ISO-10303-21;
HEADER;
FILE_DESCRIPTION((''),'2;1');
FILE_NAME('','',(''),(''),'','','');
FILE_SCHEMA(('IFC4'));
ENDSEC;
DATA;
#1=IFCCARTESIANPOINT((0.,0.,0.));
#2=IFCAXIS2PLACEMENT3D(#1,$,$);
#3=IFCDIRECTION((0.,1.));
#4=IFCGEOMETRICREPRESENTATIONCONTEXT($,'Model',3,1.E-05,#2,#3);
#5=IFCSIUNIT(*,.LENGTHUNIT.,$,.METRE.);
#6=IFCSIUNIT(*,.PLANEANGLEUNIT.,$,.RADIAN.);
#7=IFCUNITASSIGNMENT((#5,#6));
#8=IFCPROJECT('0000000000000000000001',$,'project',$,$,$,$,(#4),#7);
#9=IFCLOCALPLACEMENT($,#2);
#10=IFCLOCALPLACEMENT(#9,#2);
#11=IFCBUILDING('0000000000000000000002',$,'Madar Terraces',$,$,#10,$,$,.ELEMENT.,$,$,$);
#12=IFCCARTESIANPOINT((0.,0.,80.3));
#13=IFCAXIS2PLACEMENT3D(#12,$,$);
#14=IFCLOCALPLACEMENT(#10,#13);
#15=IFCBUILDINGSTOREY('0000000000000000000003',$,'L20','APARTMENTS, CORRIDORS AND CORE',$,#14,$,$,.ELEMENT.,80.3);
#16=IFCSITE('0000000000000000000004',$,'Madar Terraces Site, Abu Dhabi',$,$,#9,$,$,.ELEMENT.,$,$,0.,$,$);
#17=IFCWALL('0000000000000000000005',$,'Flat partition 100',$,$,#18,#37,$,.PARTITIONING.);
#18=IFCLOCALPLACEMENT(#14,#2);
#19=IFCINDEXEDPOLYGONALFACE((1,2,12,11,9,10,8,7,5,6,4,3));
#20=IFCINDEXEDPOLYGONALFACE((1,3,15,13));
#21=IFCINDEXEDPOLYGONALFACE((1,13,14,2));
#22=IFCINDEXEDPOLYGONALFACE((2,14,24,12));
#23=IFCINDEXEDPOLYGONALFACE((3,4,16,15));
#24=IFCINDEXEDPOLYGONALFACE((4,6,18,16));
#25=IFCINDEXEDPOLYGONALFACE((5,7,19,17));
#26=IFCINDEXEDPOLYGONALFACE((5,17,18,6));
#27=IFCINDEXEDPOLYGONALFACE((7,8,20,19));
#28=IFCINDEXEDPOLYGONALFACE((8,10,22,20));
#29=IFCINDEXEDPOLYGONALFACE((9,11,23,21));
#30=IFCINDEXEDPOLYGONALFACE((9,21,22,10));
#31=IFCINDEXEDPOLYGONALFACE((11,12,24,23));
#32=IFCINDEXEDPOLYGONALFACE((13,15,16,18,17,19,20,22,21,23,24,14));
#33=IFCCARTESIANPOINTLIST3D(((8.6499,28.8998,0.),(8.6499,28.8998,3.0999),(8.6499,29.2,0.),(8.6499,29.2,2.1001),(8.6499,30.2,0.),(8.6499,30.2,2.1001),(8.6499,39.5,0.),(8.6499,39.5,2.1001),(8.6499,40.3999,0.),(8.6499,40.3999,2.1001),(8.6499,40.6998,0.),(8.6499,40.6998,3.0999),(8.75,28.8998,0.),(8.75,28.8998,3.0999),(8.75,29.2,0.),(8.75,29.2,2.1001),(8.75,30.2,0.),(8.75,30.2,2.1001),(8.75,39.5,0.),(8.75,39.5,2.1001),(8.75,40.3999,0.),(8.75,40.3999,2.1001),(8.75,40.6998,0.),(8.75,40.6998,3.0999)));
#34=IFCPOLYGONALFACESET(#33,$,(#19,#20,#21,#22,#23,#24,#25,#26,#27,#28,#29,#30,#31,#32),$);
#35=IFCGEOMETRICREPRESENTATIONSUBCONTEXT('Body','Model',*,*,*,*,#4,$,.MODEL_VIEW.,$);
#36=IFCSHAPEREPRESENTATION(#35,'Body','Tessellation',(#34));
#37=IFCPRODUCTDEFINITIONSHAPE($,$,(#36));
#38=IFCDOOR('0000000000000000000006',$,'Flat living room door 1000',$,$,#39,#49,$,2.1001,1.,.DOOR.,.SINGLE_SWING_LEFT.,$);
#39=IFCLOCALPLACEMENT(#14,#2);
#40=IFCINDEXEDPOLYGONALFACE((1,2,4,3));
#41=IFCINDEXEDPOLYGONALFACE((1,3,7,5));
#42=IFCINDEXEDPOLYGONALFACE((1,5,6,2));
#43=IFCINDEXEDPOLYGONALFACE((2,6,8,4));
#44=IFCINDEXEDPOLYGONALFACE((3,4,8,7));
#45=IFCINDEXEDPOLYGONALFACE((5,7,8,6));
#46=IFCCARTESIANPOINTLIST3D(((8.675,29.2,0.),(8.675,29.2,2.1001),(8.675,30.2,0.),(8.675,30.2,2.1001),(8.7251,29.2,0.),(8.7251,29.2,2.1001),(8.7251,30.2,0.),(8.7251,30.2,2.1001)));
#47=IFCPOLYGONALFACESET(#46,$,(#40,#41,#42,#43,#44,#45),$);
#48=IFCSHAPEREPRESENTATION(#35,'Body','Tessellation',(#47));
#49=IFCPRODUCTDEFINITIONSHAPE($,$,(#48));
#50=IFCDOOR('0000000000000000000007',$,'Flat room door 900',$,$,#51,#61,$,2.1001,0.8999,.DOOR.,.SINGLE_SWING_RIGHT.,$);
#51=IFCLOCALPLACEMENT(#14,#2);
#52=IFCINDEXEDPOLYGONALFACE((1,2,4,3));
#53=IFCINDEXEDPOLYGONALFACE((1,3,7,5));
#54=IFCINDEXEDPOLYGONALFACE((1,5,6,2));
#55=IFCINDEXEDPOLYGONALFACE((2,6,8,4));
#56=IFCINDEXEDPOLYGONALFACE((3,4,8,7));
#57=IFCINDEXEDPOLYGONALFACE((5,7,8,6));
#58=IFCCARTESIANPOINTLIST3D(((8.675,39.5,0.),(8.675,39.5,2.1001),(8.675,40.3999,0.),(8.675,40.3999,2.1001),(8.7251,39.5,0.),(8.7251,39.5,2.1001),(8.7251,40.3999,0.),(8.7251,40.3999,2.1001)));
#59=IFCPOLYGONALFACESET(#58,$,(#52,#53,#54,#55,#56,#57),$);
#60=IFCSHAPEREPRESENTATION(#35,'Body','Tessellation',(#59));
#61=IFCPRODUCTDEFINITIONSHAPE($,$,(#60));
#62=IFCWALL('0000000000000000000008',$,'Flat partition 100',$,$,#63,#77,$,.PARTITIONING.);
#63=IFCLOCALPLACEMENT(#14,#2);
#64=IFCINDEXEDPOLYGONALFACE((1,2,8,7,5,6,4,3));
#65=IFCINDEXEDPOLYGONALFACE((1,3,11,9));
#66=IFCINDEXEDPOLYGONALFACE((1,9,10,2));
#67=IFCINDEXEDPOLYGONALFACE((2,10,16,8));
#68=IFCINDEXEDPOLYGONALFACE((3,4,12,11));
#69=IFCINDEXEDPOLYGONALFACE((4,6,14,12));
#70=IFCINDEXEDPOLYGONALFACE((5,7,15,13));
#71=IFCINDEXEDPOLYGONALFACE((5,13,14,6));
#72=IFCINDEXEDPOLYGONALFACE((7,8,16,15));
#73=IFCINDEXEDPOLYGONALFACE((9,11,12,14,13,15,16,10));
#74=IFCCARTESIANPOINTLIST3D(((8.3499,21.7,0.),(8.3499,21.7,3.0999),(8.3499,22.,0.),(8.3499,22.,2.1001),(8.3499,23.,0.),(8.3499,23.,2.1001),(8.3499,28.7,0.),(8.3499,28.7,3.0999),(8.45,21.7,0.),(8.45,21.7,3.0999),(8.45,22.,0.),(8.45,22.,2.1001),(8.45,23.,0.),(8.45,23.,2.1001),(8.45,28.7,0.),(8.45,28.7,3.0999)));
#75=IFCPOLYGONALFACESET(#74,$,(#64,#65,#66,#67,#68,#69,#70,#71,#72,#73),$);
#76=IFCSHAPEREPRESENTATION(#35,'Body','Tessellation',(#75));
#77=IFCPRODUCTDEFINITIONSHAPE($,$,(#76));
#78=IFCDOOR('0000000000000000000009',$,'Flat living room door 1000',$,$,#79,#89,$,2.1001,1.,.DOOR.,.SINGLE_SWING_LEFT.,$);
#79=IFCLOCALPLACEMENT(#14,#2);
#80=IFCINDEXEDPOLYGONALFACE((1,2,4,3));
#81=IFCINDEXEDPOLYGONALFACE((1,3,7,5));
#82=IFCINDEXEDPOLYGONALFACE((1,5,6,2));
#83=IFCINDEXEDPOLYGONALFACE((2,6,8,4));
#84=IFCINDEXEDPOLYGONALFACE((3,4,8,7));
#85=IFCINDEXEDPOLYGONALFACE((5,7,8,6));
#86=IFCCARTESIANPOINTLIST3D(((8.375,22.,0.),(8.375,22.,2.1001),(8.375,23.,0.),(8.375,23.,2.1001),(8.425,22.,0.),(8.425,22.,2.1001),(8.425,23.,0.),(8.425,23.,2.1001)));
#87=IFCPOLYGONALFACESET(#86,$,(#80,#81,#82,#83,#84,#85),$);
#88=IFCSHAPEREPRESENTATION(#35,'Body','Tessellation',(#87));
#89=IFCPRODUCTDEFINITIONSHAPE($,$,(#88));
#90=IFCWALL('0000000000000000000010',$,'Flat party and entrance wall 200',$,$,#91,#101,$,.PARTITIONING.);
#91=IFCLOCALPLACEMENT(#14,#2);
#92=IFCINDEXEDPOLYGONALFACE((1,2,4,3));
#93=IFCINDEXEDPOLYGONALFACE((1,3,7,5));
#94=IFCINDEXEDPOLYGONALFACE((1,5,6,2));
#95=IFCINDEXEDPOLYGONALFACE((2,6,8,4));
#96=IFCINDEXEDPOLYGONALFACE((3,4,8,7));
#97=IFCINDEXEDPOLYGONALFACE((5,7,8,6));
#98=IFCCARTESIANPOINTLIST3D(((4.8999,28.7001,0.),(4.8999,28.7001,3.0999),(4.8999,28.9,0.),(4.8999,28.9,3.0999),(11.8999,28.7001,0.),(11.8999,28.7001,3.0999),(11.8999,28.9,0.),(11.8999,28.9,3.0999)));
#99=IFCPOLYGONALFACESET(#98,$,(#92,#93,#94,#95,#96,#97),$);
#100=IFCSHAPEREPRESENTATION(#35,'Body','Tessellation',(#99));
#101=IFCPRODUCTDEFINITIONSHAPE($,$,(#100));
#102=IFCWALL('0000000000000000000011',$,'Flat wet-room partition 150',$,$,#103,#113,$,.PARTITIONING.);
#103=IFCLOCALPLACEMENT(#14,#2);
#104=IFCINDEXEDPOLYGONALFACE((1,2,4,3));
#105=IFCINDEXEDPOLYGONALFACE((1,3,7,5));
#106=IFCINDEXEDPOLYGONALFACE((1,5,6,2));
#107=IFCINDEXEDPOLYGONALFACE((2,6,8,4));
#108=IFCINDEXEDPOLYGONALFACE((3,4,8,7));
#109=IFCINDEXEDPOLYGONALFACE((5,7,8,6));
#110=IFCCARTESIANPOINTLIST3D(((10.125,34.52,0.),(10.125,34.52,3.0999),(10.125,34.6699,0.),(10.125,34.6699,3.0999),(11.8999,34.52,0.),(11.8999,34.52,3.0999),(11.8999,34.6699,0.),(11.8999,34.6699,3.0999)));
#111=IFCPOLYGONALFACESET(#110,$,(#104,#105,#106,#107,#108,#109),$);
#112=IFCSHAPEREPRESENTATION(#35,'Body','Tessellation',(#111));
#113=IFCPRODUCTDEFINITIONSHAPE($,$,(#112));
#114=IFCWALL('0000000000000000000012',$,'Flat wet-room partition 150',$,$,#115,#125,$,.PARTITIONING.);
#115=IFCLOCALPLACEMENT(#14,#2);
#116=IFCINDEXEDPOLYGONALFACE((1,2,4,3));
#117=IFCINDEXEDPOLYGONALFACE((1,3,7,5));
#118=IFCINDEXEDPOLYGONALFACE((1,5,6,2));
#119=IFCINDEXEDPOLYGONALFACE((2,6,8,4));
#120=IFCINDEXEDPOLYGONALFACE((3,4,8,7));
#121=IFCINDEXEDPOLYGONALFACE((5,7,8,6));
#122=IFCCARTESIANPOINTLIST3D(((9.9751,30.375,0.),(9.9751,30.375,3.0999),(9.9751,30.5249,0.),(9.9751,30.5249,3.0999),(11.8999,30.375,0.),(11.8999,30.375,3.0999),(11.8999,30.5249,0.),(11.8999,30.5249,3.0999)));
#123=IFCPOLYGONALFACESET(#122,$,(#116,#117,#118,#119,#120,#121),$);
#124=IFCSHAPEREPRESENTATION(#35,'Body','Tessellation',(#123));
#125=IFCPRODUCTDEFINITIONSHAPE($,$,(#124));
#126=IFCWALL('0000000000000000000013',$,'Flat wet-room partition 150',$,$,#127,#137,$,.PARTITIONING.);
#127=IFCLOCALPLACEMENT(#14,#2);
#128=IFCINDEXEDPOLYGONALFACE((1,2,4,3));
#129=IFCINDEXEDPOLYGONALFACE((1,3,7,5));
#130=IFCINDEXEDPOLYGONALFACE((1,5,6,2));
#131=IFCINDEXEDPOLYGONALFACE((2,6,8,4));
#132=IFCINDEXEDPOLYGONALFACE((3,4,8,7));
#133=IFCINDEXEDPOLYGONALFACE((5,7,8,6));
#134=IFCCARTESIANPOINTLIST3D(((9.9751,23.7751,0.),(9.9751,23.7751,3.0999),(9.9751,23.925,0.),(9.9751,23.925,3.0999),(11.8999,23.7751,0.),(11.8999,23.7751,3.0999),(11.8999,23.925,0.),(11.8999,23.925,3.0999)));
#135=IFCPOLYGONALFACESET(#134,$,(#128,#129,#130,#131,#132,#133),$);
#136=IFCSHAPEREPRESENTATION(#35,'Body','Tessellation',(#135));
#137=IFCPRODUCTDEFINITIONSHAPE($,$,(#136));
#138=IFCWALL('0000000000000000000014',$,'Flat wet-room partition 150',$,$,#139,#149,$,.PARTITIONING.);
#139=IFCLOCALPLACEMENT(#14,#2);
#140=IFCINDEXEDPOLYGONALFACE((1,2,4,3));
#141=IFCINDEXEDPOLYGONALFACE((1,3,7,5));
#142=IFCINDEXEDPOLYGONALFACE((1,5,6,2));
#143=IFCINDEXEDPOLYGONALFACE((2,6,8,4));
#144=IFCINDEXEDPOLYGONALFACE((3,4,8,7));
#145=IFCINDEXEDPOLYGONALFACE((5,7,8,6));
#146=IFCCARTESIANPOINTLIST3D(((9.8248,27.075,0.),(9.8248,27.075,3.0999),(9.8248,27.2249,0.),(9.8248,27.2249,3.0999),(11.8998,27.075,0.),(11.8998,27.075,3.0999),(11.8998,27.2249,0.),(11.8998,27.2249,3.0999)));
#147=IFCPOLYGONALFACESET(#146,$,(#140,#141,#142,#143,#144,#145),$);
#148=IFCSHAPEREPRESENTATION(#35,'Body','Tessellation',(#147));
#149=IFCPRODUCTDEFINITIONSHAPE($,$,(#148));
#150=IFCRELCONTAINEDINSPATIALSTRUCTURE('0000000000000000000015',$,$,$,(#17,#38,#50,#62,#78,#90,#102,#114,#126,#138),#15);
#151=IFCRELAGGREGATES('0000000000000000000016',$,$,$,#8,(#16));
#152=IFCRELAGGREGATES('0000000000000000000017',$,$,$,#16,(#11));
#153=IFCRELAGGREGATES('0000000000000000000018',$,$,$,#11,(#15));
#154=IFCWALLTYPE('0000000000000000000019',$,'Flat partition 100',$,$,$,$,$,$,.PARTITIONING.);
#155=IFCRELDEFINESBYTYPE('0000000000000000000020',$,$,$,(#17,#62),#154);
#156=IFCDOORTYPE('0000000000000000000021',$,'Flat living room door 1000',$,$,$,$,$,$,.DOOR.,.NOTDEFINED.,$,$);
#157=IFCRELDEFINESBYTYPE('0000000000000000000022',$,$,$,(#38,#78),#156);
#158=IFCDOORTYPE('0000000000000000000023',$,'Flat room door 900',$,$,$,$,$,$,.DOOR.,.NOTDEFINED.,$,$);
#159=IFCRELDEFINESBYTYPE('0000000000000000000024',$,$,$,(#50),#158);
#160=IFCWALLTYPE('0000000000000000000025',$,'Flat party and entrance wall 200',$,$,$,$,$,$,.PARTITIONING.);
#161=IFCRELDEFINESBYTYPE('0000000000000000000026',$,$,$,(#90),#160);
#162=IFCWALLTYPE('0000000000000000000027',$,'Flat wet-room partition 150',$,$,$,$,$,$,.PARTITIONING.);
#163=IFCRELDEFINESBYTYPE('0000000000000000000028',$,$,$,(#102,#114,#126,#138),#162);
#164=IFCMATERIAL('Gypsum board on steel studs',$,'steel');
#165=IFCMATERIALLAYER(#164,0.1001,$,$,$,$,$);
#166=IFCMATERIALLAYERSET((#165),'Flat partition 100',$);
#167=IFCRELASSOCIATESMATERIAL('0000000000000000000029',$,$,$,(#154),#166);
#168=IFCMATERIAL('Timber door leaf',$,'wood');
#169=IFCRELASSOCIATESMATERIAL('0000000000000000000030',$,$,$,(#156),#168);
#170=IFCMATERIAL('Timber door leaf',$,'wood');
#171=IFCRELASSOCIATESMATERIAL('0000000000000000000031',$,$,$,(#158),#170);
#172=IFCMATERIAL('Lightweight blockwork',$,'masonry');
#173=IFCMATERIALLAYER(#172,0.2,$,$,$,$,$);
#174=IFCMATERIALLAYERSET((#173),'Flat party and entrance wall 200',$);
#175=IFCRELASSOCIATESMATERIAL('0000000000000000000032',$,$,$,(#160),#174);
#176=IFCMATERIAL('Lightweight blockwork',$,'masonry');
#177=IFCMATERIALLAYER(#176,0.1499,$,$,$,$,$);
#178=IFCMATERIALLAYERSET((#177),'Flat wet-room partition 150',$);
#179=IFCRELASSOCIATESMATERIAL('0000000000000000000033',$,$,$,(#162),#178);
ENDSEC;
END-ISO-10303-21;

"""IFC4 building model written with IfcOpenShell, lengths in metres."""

from ifc_helpers import new_model, si_unit, direction, frame, frame_2d, origin, place, context, subcontext, project, spatial, rectangle, extrude, material, layer, layer_set, type_object, element, fill, save


model = new_model("IFC4")

# Units and contexts
model_context = context("Model", 3, precision=1e-05, world=origin(), true_north=direction((0.0, 1.0)))
body_context = subcontext(model_context, "Body", "Model", "MODEL_VIEW")
ifc_project = project(units=[si_unit("LENGTHUNIT", "METRE"), si_unit("PLANEANGLEUNIT", "RADIAN")], contexts=[model_context])

# Site, building, storey
site_placement = place(None, origin())
site = spatial("IfcSite", under=ifc_project, at=site_placement, Name="Madar Terraces Site, Abu Dhabi", CompositionType="ELEMENT", RefElevation=0.0)
building_placement = place(site_placement, origin())
building = spatial("IfcBuilding", under=site, at=building_placement, Name="Madar Terraces", CompositionType="ELEMENT")
storey_placement = place(building_placement, frame((0.0, 0.0, 80.3)))
storey = spatial("IfcBuildingStorey", under=building, at=storey_placement, Name="L20", Description="APARTMENTS, CORRIDORS AND CORE", CompositionType="ELEMENT", Elevation=80.3)

# Shared definitions
ifc_material_1 = material(Name="Gypsum board on steel studs", Category="steel")
ifc_layer_1 = layer(ifc_material_1, 0.1001)
ifc_layer_set_1 = layer_set([ifc_layer_1], Name="Flat partition 100")
wall_type_1 = type_object("IfcWallType", Name="Flat partition 100", PredefinedType="PARTITIONING", material=ifc_layer_set_1)

# Wall, openings, doors
wall_1_placement = place(storey_placement, frame((8.7, 28.8999, 0.0), z_axis=(0.0, 0.0, 1.0), x_axis=(0.0, 1.0, 0.0)))
wall_1 = element("IfcWall", 1, at=wall_1_placement, inside=storey, type_object=wall_type_1, Name="Flat partition 100", PredefinedType="PARTITIONING", context=body_context, shape_type="SweptSolid", body=[
    extrude(rectangle(XDim=11.8, YDim=0.1001, at=frame_2d((5.8999, 0.0))), origin(), (0.0, 0.0, 1.0), 3.0999),
])
opening_1_placement = place(wall_1_placement, frame((0.3, 0.0, 0.0)))
opening_1 = element("IfcOpeningElement", 2, at=opening_1_placement, cuts=wall_1, PredefinedType="OPENING", context=body_context, shape_type="SweptSolid", body=[
    extrude(rectangle(XDim=1.0, YDim=2.1001, at=frame_2d((0.5, 1.05))), frame((0.0, 0.0601, 0.0), z_axis=(0.0, -1.0, 0.0), x_axis=(1.0, 0.0, 0.0)), (0.0, 0.0, 1.0), 0.1201),
])
opening_2_placement = place(wall_1_placement, frame((10.6001, 0.0, 0.0)))
opening_2 = element("IfcOpeningElement", 3, at=opening_2_placement, cuts=wall_1, PredefinedType="OPENING", context=body_context, shape_type="SweptSolid", body=[
    extrude(rectangle(XDim=0.8999, YDim=2.1001, at=frame_2d((0.45, 1.05))), frame((0.0, 0.0601, 0.0), z_axis=(0.0, -1.0, 0.0), x_axis=(1.0, 0.0, 0.0)), (0.0, 0.0, 1.0), 0.1201),
])
ifc_material_2 = material(Name="Timber door leaf", Category="wood")
door_type_1 = type_object("IfcDoorType", Name="Flat living room door 1000", OperationType="NOTDEFINED", PredefinedType="DOOR", material=ifc_material_2)
door_1_placement = place(opening_1_placement, origin())
door_1 = element("IfcDoor", 4, at=door_1_placement, inside=storey, type_object=door_type_1, Name="Flat living room door 1000", OperationType="SINGLE_SWING_LEFT", OverallHeight=2.1001, OverallWidth=1.0, PredefinedType="DOOR", context=body_context, shape_type="SweptSolid", body=[
    extrude(rectangle(XDim=1.0, YDim=2.1001, at=frame_2d((0.5, 1.05))), frame((0.0, 0.0249, 0.0), z_axis=(0.0, -1.0, 0.0), x_axis=(1.0, 0.0, 0.0)), (0.0, 0.0, 1.0), 0.05),
])
fill(opening_1, door_1)
ifc_material_3 = material(Name="Timber door leaf", Category="wood")
door_type_2 = type_object("IfcDoorType", Name="Flat room door 900", OperationType="NOTDEFINED", PredefinedType="DOOR", material=ifc_material_3)
door_2_placement = place(opening_2_placement, origin())
door_2 = element("IfcDoor", 5, at=door_2_placement, inside=storey, type_object=door_type_2, Name="Flat room door 900", OperationType="SINGLE_SWING_RIGHT", OverallHeight=2.1001, OverallWidth=0.8999, PredefinedType="DOOR", context=body_context, shape_type="SweptSolid", body=[
    extrude(rectangle(XDim=0.8999, YDim=2.1001, at=frame_2d((0.45, 1.05))), frame((0.0, 0.0249, 0.0), z_axis=(0.0, -1.0, 0.0), x_axis=(1.0, 0.0, 0.0)), (0.0, 0.0, 1.0), 0.05),
])
fill(opening_2, door_2)

# Wall, opening, door
wall_2_placement = place(storey_placement, frame((8.3999, 21.7, 0.0), z_axis=(0.0, 0.0, 1.0), x_axis=(0.0, 1.0, 0.0)))
wall_2 = element("IfcWall", 6, at=wall_2_placement, inside=storey, type_object=wall_type_1, Name="Flat partition 100", PredefinedType="PARTITIONING", context=body_context, shape_type="SweptSolid", body=[
    extrude(rectangle(XDim=7.0, YDim=0.1001, at=frame_2d((3.5, 0.0))), origin(), (0.0, 0.0, 1.0), 3.0999),
])
opening_3_placement = place(wall_2_placement, frame((0.3, 0.0, 0.0)))
opening_3 = element("IfcOpeningElement", 7, at=opening_3_placement, cuts=wall_2, PredefinedType="OPENING", context=body_context, shape_type="SweptSolid", body=[
    extrude(rectangle(XDim=1.0, YDim=2.1001, at=frame_2d((0.5, 1.05))), frame((0.0, 0.0601, 0.0), z_axis=(0.0, -1.0, 0.0), x_axis=(1.0, 0.0, 0.0)), (0.0, 0.0, 1.0), 0.1201),
])
door_3_placement = place(opening_3_placement, origin())
door_3 = element("IfcDoor", 8, at=door_3_placement, inside=storey, type_object=door_type_1, Name="Flat living room door 1000", OperationType="SINGLE_SWING_LEFT", OverallHeight=2.1001, OverallWidth=1.0, PredefinedType="DOOR", context=body_context, shape_type="SweptSolid", body=[
    extrude(rectangle(XDim=1.0, YDim=2.1001, at=frame_2d((0.5, 1.05))), frame((0.0, 0.0249, 0.0), z_axis=(0.0, -1.0, 0.0), x_axis=(1.0, 0.0, 0.0)), (0.0, 0.0, 1.0), 0.05),
])
fill(opening_3, door_3)

# Walls
ifc_material_4 = material(Name="Lightweight blockwork", Category="masonry")
ifc_layer_2 = layer(ifc_material_4, 0.2)
ifc_layer_set_2 = layer_set([ifc_layer_2], Name="Flat party and entrance wall 200")
wall_type_2 = type_object("IfcWallType", Name="Flat party and entrance wall 200", PredefinedType="PARTITIONING", material=ifc_layer_set_2)
wall_3_placement = place(storey_placement, frame((4.8999, 28.8, 0.0), z_axis=(0.0, 0.0, 1.0), x_axis=(1.0, 0.0, 0.0)))
element("IfcWall", 9, at=wall_3_placement, inside=storey, type_object=wall_type_2, Name="Flat party and entrance wall 200", PredefinedType="PARTITIONING", context=body_context, shape_type="SweptSolid", body=[
    extrude(rectangle(XDim=7.0, YDim=0.2, at=frame_2d((3.5, 0.0))), origin(), (0.0, 0.0, 1.0), 3.0999),
])
ifc_material_5 = material(Name="Lightweight blockwork", Category="masonry")
ifc_layer_3 = layer(ifc_material_5, 0.1499)
ifc_layer_set_3 = layer_set([ifc_layer_3], Name="Flat wet-room partition 150")
wall_type_3 = type_object("IfcWallType", Name="Flat wet-room partition 150", PredefinedType="PARTITIONING", material=ifc_layer_set_3)
wall_4_placement = place(storey_placement, frame((11.8999, 34.595, 0.0), z_axis=(0.0, 0.0, 1.0), x_axis=(-1.0, 0.0, 0.0)))
element("IfcWall", 10, at=wall_4_placement, inside=storey, type_object=wall_type_3, Name="Flat wet-room partition 150", PredefinedType="PARTITIONING", context=body_context, shape_type="SweptSolid", body=[
    extrude(rectangle(XDim=1.7749, YDim=0.1499, at=frame_2d((0.8875, 0.0))), origin(), (0.0, 0.0, 1.0), 3.0999),
])
for number, where, z_axis, x_axis, name in (
    (11, (11.8999, 30.45, 0.0), (0.0, 0.0, 1.0), (-1.0, 0.0, 0.0), "Flat wet-room partition 150"),
    (12, (11.8999, 23.8501, 0.0), (0.0, 0.0, 1.0), (-1.0, 0.0, 0.0), "Flat wet-room partition 150"),
):
    element("IfcWall", number, at=place(storey_placement, frame(where, z_axis=z_axis, x_axis=x_axis)), inside=storey, type_object=wall_type_3, Name=name, PredefinedType="PARTITIONING", context=body_context, shape_type="SweptSolid", body=[
        extrude(rectangle(XDim=1.9248, YDim=0.1499, at=frame_2d((0.9624, 0.0))), origin(), (0.0, 0.0, 1.0), 3.0999),
    ])
wall_5_placement = place(storey_placement, frame((11.8999, 27.1499, 0.0), z_axis=(0.0, 0.0, 1.0), x_axis=(-1.0, 0.0, 0.0)))
element("IfcWall", 13, at=wall_5_placement, inside=storey, type_object=wall_type_3, Name="Flat wet-room partition 150", PredefinedType="PARTITIONING", context=body_context, shape_type="SweptSolid", body=[
    extrude(rectangle(XDim=2.075, YDim=0.1499, at=frame_2d((1.0376, 0.0))), origin(), (0.0, 0.0, 1.0), 3.0999),
])

save(model, "model.ifc")
